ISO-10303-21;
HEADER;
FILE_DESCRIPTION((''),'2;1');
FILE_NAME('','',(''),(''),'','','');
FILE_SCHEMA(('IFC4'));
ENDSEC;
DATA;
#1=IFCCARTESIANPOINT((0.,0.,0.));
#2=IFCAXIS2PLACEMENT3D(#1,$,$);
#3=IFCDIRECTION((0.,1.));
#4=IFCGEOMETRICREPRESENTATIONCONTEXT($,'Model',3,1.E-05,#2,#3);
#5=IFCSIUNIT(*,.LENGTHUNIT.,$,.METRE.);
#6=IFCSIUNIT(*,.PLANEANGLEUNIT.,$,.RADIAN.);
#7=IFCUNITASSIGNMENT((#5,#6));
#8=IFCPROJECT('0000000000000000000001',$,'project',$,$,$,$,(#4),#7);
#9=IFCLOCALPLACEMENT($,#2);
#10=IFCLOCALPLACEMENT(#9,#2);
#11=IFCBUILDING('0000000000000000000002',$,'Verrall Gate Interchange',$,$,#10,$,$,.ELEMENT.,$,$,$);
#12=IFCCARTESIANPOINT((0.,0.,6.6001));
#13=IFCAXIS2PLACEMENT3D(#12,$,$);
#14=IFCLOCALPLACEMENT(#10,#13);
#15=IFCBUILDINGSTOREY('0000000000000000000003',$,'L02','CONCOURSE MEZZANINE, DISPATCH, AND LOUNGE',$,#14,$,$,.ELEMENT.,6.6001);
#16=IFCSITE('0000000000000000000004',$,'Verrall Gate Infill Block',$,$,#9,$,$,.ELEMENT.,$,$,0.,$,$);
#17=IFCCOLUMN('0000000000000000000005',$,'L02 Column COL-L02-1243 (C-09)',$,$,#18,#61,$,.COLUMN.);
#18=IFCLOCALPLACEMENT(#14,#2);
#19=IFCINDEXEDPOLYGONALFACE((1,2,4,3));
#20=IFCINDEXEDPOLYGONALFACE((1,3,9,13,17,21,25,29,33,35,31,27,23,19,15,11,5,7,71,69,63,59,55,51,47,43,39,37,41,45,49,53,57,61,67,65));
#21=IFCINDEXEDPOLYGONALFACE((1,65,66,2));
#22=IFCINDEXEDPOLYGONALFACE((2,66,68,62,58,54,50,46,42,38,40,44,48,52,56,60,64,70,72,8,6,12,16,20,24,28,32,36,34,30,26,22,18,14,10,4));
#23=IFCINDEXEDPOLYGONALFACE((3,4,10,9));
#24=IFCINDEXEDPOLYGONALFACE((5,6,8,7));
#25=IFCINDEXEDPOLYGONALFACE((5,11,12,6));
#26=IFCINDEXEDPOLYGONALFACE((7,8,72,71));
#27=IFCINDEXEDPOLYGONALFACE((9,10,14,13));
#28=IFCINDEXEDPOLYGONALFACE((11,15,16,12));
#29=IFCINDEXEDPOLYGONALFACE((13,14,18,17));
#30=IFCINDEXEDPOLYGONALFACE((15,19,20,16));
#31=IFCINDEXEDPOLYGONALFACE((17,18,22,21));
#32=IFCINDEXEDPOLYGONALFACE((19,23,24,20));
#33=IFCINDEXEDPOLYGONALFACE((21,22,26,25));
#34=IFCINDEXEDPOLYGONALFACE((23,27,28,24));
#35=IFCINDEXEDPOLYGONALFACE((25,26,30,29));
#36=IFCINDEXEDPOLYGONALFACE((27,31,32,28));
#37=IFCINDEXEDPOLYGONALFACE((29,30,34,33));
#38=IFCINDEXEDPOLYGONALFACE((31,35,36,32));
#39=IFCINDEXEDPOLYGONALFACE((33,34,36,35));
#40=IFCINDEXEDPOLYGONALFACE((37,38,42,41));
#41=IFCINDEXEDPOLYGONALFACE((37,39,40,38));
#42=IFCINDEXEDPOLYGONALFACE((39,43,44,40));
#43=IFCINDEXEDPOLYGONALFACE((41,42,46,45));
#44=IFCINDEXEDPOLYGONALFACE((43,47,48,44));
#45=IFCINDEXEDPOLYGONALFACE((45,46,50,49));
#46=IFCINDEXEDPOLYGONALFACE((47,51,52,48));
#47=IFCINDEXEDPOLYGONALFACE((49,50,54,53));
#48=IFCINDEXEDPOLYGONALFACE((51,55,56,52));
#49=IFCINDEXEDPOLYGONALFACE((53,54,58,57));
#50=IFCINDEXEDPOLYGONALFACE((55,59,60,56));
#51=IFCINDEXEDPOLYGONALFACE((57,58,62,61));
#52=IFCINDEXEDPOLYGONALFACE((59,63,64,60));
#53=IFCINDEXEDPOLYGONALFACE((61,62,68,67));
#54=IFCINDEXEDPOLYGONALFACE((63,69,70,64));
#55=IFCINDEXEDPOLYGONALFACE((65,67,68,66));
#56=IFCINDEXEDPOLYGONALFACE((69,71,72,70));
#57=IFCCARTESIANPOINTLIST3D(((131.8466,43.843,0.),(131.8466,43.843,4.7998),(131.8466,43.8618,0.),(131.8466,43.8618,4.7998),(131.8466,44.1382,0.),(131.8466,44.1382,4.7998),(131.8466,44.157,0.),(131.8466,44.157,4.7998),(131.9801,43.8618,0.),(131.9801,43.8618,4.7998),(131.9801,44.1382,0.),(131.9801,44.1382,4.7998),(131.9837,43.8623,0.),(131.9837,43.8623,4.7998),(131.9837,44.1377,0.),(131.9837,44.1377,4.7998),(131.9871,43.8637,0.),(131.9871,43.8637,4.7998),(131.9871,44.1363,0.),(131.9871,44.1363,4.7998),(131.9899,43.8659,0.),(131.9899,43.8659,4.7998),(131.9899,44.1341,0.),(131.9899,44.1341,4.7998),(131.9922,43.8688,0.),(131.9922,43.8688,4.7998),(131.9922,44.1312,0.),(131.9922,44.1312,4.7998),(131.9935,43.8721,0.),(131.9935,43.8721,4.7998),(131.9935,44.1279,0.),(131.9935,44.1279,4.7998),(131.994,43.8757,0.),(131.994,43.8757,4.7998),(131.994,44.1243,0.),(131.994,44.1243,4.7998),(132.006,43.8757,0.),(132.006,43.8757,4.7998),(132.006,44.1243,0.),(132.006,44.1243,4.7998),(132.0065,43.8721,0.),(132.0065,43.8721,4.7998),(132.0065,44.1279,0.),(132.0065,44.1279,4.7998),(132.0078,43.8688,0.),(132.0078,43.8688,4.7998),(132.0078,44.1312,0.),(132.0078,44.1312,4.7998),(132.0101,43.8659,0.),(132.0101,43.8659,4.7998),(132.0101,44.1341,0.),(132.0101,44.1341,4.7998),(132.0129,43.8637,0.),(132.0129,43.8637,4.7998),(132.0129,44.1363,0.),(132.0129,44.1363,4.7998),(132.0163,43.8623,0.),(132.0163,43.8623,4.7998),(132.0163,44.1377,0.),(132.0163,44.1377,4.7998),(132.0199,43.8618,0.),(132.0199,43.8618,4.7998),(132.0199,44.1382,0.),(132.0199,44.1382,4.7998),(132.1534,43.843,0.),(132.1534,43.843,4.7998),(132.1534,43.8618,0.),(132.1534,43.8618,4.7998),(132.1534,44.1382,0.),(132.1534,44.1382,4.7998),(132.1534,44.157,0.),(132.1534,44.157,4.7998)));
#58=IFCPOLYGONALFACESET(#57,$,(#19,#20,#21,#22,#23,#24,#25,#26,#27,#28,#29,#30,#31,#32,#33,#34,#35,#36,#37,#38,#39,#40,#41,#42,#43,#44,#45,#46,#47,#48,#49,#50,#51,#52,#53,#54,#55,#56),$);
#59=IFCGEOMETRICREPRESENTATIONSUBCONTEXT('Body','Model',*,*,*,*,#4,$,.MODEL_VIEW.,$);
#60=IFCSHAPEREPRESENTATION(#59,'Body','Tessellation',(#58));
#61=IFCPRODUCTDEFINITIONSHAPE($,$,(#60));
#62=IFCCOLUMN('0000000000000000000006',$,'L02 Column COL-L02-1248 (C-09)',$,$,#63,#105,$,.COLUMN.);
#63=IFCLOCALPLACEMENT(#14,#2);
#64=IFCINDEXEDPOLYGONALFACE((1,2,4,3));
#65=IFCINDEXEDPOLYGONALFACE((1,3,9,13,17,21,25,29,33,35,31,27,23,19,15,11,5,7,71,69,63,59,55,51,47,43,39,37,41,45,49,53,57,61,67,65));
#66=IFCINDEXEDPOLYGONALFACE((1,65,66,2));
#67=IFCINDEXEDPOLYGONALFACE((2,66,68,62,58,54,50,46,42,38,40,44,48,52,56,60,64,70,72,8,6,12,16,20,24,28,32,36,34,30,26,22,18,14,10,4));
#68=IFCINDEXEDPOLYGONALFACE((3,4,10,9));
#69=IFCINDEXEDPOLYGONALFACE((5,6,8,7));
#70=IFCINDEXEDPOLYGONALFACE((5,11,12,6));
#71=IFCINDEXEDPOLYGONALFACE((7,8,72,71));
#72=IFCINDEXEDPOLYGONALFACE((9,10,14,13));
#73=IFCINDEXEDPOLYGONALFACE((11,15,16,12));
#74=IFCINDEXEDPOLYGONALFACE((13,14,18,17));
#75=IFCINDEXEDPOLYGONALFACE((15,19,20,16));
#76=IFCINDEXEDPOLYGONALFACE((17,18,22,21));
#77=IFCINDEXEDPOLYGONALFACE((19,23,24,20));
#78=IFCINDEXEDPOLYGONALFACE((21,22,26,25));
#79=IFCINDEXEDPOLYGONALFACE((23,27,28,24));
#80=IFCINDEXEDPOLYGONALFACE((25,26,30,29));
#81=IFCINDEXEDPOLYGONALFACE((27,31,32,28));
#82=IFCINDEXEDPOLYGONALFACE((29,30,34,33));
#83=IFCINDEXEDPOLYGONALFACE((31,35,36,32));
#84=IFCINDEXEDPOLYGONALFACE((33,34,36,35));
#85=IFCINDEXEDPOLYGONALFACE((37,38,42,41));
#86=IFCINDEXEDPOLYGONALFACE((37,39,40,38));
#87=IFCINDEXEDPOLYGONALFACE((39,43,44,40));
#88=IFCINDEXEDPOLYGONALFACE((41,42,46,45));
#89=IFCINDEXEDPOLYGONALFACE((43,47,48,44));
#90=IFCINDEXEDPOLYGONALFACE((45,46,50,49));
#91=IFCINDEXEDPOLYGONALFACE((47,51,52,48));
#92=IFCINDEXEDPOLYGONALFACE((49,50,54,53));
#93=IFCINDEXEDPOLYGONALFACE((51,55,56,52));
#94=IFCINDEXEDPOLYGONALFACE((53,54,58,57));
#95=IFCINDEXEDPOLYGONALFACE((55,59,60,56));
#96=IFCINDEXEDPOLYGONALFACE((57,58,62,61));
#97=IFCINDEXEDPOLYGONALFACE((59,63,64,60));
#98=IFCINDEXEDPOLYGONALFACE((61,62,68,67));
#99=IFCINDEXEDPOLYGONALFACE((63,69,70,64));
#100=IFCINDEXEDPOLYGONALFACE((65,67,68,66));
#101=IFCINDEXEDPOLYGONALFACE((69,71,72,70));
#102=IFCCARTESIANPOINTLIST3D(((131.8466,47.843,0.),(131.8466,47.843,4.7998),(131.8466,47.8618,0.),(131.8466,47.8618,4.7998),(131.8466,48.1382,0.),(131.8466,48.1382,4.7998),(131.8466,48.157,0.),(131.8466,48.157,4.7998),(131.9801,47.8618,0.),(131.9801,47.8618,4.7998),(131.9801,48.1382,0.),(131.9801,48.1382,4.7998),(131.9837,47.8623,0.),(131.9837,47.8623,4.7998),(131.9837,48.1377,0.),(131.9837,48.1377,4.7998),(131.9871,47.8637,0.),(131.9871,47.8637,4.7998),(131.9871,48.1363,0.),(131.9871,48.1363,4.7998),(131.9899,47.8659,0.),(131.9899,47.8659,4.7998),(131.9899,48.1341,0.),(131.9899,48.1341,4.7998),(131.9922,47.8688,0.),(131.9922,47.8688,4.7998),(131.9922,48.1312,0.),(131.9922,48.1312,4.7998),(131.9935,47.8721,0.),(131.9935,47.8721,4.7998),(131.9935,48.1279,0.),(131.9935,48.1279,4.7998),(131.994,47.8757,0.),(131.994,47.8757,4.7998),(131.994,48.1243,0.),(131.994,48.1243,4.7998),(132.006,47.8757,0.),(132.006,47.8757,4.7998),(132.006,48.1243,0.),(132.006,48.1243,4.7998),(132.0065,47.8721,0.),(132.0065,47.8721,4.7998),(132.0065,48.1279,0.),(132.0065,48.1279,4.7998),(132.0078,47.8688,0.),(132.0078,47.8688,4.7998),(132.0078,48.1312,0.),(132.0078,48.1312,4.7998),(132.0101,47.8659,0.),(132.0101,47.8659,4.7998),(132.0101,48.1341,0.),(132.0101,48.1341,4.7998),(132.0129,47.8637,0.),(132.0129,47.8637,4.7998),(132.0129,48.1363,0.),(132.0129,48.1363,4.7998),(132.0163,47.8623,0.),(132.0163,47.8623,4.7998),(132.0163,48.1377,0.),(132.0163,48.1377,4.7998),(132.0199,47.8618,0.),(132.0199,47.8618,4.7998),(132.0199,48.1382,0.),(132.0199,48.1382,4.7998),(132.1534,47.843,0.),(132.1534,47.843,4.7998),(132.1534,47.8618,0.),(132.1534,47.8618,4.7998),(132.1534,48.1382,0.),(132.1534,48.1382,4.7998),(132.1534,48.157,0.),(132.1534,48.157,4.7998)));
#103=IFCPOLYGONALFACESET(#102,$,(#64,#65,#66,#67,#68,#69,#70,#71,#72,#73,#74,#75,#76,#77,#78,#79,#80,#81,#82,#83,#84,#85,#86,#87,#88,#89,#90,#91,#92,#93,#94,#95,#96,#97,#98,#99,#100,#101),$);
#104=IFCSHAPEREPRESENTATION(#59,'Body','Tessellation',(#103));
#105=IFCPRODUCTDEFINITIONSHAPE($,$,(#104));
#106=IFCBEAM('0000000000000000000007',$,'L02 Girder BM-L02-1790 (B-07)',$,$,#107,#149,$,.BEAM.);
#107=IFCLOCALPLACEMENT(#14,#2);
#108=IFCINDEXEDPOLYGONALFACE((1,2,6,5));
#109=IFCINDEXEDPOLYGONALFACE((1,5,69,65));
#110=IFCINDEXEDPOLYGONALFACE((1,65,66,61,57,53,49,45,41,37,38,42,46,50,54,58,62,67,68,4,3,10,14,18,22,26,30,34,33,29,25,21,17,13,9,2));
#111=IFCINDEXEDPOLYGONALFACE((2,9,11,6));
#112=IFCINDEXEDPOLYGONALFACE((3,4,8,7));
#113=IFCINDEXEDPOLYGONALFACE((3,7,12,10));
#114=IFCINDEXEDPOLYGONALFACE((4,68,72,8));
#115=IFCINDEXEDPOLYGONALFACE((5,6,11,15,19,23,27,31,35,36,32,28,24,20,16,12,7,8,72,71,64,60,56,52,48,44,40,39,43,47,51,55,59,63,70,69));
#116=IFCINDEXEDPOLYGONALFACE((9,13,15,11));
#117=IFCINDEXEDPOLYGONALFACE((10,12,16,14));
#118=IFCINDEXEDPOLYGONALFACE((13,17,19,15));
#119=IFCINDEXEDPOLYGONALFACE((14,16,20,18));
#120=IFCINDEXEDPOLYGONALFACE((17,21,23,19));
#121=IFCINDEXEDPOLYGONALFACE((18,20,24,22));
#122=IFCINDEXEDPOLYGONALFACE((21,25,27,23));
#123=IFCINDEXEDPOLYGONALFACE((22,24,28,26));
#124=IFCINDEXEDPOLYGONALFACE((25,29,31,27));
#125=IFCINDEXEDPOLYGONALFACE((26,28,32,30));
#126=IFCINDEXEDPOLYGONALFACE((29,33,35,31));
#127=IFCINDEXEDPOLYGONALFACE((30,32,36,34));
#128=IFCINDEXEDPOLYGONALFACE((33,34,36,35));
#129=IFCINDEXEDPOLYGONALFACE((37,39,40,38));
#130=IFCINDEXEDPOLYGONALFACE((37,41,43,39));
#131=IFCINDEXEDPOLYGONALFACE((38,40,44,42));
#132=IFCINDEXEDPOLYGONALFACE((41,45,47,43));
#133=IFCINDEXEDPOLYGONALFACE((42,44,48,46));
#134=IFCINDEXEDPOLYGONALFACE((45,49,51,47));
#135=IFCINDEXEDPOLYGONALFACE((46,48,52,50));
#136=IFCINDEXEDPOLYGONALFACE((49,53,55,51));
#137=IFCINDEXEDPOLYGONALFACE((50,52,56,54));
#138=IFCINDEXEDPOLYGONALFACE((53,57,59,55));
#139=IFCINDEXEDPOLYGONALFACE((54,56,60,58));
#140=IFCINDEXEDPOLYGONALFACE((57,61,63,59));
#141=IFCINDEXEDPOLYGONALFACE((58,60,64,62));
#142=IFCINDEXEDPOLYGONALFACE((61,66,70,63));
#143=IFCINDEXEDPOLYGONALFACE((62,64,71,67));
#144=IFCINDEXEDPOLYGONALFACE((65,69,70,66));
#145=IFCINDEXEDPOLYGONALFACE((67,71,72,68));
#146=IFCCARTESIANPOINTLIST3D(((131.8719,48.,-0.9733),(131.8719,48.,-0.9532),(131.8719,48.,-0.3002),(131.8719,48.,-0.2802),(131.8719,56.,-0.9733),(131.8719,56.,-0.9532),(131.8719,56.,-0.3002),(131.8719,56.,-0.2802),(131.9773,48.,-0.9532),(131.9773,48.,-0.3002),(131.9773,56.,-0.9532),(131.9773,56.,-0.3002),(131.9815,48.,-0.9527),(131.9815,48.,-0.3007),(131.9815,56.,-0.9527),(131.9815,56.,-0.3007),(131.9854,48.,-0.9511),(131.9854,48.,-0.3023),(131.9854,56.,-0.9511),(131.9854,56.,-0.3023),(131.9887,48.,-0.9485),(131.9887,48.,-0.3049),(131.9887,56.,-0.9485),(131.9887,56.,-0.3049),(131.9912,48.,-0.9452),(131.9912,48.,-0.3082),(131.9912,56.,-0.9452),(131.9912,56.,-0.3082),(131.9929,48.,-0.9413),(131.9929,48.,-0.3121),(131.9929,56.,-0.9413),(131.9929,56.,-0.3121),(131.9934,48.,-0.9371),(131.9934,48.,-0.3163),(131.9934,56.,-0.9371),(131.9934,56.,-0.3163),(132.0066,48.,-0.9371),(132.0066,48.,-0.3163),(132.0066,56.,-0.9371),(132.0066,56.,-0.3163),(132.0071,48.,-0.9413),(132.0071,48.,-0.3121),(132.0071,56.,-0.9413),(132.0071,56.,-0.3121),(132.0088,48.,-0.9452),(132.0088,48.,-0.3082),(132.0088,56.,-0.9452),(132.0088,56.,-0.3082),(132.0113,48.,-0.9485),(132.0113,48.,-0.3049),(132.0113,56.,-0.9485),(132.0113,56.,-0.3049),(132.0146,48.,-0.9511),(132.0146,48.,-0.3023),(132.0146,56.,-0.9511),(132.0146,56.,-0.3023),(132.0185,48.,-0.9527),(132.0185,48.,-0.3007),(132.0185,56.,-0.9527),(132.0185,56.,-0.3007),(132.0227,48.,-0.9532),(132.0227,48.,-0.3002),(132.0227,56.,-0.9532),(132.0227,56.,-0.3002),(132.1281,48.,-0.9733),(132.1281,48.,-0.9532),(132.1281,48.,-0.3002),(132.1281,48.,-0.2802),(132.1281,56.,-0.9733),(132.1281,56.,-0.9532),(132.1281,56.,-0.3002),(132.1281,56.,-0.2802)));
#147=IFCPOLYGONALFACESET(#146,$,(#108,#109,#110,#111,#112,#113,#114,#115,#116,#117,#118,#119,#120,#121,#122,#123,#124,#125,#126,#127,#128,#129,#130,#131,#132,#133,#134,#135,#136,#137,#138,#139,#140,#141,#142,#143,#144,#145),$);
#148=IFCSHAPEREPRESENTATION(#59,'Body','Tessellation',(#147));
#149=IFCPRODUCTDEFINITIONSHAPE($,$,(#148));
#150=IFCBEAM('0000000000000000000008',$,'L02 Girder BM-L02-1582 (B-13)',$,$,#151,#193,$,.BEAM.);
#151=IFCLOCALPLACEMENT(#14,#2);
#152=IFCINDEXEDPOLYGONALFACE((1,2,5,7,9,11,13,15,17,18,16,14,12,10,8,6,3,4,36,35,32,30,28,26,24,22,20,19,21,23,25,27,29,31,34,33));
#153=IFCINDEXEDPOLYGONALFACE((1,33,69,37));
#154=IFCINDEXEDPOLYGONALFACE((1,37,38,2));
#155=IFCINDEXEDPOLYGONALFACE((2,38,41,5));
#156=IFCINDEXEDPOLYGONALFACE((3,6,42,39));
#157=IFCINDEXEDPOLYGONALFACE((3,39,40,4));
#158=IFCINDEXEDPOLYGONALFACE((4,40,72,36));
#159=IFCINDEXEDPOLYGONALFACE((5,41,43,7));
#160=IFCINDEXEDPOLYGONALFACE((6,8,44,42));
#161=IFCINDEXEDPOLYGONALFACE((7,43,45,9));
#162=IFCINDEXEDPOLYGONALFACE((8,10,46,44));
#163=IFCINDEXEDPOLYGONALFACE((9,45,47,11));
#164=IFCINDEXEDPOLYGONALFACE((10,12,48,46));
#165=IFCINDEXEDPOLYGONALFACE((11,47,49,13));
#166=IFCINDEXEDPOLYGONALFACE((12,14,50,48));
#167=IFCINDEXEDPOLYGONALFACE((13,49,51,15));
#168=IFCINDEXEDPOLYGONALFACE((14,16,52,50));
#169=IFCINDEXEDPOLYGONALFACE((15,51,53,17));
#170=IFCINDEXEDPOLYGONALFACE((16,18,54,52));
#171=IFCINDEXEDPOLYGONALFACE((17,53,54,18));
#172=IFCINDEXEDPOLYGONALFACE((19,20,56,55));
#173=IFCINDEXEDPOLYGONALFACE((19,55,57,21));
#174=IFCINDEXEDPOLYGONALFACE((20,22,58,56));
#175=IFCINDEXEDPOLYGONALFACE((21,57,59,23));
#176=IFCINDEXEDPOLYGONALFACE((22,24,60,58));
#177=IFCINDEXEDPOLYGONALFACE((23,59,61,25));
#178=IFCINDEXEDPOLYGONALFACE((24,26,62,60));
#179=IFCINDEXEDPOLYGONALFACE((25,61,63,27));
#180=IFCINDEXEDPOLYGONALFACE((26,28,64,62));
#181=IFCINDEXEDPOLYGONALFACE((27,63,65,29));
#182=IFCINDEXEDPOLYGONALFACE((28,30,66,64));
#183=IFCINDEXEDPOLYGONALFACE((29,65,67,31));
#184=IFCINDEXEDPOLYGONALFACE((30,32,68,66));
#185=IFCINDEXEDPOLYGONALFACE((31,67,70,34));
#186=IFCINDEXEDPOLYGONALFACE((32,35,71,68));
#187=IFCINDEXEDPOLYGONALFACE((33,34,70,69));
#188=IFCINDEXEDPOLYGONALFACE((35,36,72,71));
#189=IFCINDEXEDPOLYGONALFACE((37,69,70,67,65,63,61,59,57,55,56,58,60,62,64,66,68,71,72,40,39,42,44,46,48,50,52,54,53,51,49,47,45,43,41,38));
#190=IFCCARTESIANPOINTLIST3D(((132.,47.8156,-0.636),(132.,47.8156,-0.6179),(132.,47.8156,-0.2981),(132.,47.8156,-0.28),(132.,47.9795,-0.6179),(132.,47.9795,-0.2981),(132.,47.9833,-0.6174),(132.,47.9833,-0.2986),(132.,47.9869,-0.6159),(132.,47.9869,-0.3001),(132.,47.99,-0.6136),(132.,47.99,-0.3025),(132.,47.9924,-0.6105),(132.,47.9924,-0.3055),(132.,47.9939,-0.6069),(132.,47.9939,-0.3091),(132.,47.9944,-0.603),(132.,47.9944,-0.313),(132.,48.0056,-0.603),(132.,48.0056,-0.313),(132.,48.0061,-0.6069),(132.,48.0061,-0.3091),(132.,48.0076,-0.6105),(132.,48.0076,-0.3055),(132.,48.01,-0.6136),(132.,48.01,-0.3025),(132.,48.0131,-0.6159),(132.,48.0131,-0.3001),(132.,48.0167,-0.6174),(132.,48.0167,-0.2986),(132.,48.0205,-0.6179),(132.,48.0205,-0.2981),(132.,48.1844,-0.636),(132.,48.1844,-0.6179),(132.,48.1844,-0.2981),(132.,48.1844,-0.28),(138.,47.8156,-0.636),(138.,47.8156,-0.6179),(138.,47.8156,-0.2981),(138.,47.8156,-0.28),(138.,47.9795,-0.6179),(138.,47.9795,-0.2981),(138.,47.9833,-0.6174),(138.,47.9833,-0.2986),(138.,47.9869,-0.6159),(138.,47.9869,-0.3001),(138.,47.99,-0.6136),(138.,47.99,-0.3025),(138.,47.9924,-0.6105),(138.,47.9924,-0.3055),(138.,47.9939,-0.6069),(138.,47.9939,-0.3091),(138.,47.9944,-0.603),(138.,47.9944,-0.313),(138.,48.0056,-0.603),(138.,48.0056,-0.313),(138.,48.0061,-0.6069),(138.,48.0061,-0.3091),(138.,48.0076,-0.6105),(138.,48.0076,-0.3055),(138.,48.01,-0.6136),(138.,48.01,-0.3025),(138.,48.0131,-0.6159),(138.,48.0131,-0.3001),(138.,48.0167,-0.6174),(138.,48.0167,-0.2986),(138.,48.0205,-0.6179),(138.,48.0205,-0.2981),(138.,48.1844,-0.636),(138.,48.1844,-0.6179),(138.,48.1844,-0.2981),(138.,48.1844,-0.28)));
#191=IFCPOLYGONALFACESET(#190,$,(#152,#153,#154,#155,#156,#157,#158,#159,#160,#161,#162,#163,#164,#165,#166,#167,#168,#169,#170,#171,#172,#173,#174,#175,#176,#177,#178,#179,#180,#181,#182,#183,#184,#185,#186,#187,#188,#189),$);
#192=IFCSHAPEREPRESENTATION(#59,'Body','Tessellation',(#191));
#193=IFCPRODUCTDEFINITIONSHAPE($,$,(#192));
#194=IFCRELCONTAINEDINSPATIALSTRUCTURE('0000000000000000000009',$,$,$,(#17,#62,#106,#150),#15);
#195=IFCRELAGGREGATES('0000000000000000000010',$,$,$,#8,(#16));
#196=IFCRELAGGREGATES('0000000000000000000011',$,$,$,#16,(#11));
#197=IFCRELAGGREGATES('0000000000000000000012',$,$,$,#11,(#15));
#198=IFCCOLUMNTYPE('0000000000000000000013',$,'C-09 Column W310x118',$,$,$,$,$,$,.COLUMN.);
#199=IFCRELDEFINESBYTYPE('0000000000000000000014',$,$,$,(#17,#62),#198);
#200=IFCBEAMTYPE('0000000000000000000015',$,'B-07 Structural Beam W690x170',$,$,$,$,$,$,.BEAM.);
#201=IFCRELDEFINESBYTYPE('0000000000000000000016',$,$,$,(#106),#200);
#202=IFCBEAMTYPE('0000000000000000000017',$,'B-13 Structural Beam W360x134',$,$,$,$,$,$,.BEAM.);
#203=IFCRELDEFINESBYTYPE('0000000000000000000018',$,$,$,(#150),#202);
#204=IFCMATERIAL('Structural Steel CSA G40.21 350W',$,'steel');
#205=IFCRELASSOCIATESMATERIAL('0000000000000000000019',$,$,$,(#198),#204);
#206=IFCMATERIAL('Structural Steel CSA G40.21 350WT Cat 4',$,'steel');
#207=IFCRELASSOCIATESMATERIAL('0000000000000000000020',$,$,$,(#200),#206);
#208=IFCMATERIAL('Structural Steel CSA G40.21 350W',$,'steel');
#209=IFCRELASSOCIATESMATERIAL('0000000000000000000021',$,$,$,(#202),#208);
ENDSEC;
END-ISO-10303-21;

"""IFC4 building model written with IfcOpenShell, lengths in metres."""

from ifc_helpers import new_model, si_unit, direction, frame, origin, origin_2d, place, context, subcontext, project, spatial, i_section, extrude, material, material_profile, profile_set, type_object, element, save


model = new_model("IFC4")

# Units and contexts
model_context = context("Model", 3, precision=1e-05, world=origin(), true_north=direction((0.0, 1.0)))
body_context = subcontext(model_context, "Body", "Model", "MODEL_VIEW")
ifc_project = project(units=[si_unit("LENGTHUNIT", "METRE"), si_unit("PLANEANGLEUNIT", "RADIAN")], contexts=[model_context])

# Site, building, storey
site_placement = place(None, origin())
site = spatial("IfcSite", under=ifc_project, at=site_placement, Name="Verrall Gate Infill Block", CompositionType="ELEMENT", RefElevation=0.0)
building_placement = place(site_placement, origin())
building = spatial("IfcBuilding", under=site, at=building_placement, Name="Verrall Gate Interchange", CompositionType="ELEMENT")
storey_placement = place(building_placement, frame((0.0, 0.0, 6.6001)))
storey = spatial("IfcBuildingStorey", under=building, at=storey_placement, Name="L02", Description="CONCOURSE MEZZANINE, DISPATCH, AND LOUNGE", CompositionType="ELEMENT", Elevation=6.6001)

# Columns
ifc_material_1 = material(Name="Structural Steel CSA G40.21 350W", Category="steel")
ifc_material_profile_1 = material_profile(ifc_material_1, i_section(OverallWidth=0.3069, OverallDepth=0.314, WebThickness=0.012, FlangeThickness=0.0188, FilletRadius=0.0139, at=origin_2d()), Name="W310x118")
ifc_profile_set_1 = profile_set([ifc_material_profile_1], Name="Structural Steel CSA G40.21 350W")
column_type = type_object("IfcColumnType", Name="C-09 Column W310x118", PredefinedType="COLUMN", material=ifc_profile_set_1)
for number, where, z_axis, x_axis, name in (
    (1, (132.0, 44.0, 0.0), (0.0, 0.0, 1.0), (1.0, 0.0, 0.0), "L02 Column COL-L02-1243 (C-09)"),
    (2, (132.0, 48.0, 0.0), (0.0, 0.0, 1.0), (1.0, 0.0, 0.0), "L02 Column COL-L02-1248 (C-09)"),
):
    element("IfcColumn", number, at=place(storey_placement, frame(where, z_axis=z_axis, x_axis=x_axis)), inside=storey, type_object=column_type, Name=name, PredefinedType="COLUMN", context=body_context, shape_type="SweptSolid", body=[
        extrude(i_section(OverallWidth=0.3069, OverallDepth=0.314, WebThickness=0.012, FlangeThickness=0.0188, FilletRadius=0.0139, at=origin_2d()), origin(), (0.0, 0.0, 1.0), 4.7998),
    ])

# Beams
ifc_material_2 = material(Name="Structural Steel CSA G40.21 350WT Cat 4", Category="steel")
ifc_material_profile_2 = material_profile(ifc_material_2, i_section(OverallWidth=0.2561, OverallDepth=0.6931, WebThickness=0.0132, FlangeThickness=0.02, FilletRadius=0.0161, at=origin_2d()), Name="W690x170")
ifc_profile_set_2 = profile_set([ifc_material_profile_2], Name="Structural Steel CSA G40.21 350WT Cat 4")
beam_type_1 = type_object("IfcBeamType", Name="B-07 Structural Beam W690x170", PredefinedType="BEAM", material=ifc_profile_set_2)
beam_1_placement = place(storey_placement, frame((132.0, 48.0, -0.6267), z_axis=(0.0, 1.0, 0.0), x_axis=(-1.0, 0.0, 0.0)))
element("IfcBeam", 3, at=beam_1_placement, inside=storey, type_object=beam_type_1, Name="L02 Girder BM-L02-1790 (B-07)", PredefinedType="BEAM", context=body_context, shape_type="SweptSolid", body=[
    extrude(i_section(OverallWidth=0.2561, OverallDepth=0.6931, WebThickness=0.0132, FlangeThickness=0.02, FilletRadius=0.0161, at=origin_2d()), origin(), (0.0, 0.0, 1.0), 8.0),
])
ifc_material_3 = material(Name="Structural Steel CSA G40.21 350W", Category="steel")
ifc_material_profile_3 = material_profile(ifc_material_3, i_section(OverallWidth=0.3689, OverallDepth=0.356, WebThickness=0.0112, FlangeThickness=0.0181, FilletRadius=0.0149, at=origin_2d()), Name="W360x134")
ifc_profile_set_3 = profile_set([ifc_material_profile_3], Name="Structural Steel CSA G40.21 350W")
beam_type_2 = type_object("IfcBeamType", Name="B-13 Structural Beam W360x134", PredefinedType="BEAM", material=ifc_profile_set_3)
beam_2_placement = place(storey_placement, frame((132.0, 48.0, -0.458), z_axis=(1.0, 0.0, 0.0), x_axis=(0.0, 1.0, 0.0)))
element("IfcBeam", 4, at=beam_2_placement, inside=storey, type_object=beam_type_2, Name="L02 Girder BM-L02-1582 (B-13)", PredefinedType="BEAM", context=body_context, shape_type="SweptSolid", body=[
    extrude(i_section(OverallWidth=0.3689, OverallDepth=0.356, WebThickness=0.0112, FlangeThickness=0.0181, FilletRadius=0.0149, at=origin_2d()), origin(), (0.0, 0.0, 1.0), 6.0),
])

save(model, "model.ifc")
